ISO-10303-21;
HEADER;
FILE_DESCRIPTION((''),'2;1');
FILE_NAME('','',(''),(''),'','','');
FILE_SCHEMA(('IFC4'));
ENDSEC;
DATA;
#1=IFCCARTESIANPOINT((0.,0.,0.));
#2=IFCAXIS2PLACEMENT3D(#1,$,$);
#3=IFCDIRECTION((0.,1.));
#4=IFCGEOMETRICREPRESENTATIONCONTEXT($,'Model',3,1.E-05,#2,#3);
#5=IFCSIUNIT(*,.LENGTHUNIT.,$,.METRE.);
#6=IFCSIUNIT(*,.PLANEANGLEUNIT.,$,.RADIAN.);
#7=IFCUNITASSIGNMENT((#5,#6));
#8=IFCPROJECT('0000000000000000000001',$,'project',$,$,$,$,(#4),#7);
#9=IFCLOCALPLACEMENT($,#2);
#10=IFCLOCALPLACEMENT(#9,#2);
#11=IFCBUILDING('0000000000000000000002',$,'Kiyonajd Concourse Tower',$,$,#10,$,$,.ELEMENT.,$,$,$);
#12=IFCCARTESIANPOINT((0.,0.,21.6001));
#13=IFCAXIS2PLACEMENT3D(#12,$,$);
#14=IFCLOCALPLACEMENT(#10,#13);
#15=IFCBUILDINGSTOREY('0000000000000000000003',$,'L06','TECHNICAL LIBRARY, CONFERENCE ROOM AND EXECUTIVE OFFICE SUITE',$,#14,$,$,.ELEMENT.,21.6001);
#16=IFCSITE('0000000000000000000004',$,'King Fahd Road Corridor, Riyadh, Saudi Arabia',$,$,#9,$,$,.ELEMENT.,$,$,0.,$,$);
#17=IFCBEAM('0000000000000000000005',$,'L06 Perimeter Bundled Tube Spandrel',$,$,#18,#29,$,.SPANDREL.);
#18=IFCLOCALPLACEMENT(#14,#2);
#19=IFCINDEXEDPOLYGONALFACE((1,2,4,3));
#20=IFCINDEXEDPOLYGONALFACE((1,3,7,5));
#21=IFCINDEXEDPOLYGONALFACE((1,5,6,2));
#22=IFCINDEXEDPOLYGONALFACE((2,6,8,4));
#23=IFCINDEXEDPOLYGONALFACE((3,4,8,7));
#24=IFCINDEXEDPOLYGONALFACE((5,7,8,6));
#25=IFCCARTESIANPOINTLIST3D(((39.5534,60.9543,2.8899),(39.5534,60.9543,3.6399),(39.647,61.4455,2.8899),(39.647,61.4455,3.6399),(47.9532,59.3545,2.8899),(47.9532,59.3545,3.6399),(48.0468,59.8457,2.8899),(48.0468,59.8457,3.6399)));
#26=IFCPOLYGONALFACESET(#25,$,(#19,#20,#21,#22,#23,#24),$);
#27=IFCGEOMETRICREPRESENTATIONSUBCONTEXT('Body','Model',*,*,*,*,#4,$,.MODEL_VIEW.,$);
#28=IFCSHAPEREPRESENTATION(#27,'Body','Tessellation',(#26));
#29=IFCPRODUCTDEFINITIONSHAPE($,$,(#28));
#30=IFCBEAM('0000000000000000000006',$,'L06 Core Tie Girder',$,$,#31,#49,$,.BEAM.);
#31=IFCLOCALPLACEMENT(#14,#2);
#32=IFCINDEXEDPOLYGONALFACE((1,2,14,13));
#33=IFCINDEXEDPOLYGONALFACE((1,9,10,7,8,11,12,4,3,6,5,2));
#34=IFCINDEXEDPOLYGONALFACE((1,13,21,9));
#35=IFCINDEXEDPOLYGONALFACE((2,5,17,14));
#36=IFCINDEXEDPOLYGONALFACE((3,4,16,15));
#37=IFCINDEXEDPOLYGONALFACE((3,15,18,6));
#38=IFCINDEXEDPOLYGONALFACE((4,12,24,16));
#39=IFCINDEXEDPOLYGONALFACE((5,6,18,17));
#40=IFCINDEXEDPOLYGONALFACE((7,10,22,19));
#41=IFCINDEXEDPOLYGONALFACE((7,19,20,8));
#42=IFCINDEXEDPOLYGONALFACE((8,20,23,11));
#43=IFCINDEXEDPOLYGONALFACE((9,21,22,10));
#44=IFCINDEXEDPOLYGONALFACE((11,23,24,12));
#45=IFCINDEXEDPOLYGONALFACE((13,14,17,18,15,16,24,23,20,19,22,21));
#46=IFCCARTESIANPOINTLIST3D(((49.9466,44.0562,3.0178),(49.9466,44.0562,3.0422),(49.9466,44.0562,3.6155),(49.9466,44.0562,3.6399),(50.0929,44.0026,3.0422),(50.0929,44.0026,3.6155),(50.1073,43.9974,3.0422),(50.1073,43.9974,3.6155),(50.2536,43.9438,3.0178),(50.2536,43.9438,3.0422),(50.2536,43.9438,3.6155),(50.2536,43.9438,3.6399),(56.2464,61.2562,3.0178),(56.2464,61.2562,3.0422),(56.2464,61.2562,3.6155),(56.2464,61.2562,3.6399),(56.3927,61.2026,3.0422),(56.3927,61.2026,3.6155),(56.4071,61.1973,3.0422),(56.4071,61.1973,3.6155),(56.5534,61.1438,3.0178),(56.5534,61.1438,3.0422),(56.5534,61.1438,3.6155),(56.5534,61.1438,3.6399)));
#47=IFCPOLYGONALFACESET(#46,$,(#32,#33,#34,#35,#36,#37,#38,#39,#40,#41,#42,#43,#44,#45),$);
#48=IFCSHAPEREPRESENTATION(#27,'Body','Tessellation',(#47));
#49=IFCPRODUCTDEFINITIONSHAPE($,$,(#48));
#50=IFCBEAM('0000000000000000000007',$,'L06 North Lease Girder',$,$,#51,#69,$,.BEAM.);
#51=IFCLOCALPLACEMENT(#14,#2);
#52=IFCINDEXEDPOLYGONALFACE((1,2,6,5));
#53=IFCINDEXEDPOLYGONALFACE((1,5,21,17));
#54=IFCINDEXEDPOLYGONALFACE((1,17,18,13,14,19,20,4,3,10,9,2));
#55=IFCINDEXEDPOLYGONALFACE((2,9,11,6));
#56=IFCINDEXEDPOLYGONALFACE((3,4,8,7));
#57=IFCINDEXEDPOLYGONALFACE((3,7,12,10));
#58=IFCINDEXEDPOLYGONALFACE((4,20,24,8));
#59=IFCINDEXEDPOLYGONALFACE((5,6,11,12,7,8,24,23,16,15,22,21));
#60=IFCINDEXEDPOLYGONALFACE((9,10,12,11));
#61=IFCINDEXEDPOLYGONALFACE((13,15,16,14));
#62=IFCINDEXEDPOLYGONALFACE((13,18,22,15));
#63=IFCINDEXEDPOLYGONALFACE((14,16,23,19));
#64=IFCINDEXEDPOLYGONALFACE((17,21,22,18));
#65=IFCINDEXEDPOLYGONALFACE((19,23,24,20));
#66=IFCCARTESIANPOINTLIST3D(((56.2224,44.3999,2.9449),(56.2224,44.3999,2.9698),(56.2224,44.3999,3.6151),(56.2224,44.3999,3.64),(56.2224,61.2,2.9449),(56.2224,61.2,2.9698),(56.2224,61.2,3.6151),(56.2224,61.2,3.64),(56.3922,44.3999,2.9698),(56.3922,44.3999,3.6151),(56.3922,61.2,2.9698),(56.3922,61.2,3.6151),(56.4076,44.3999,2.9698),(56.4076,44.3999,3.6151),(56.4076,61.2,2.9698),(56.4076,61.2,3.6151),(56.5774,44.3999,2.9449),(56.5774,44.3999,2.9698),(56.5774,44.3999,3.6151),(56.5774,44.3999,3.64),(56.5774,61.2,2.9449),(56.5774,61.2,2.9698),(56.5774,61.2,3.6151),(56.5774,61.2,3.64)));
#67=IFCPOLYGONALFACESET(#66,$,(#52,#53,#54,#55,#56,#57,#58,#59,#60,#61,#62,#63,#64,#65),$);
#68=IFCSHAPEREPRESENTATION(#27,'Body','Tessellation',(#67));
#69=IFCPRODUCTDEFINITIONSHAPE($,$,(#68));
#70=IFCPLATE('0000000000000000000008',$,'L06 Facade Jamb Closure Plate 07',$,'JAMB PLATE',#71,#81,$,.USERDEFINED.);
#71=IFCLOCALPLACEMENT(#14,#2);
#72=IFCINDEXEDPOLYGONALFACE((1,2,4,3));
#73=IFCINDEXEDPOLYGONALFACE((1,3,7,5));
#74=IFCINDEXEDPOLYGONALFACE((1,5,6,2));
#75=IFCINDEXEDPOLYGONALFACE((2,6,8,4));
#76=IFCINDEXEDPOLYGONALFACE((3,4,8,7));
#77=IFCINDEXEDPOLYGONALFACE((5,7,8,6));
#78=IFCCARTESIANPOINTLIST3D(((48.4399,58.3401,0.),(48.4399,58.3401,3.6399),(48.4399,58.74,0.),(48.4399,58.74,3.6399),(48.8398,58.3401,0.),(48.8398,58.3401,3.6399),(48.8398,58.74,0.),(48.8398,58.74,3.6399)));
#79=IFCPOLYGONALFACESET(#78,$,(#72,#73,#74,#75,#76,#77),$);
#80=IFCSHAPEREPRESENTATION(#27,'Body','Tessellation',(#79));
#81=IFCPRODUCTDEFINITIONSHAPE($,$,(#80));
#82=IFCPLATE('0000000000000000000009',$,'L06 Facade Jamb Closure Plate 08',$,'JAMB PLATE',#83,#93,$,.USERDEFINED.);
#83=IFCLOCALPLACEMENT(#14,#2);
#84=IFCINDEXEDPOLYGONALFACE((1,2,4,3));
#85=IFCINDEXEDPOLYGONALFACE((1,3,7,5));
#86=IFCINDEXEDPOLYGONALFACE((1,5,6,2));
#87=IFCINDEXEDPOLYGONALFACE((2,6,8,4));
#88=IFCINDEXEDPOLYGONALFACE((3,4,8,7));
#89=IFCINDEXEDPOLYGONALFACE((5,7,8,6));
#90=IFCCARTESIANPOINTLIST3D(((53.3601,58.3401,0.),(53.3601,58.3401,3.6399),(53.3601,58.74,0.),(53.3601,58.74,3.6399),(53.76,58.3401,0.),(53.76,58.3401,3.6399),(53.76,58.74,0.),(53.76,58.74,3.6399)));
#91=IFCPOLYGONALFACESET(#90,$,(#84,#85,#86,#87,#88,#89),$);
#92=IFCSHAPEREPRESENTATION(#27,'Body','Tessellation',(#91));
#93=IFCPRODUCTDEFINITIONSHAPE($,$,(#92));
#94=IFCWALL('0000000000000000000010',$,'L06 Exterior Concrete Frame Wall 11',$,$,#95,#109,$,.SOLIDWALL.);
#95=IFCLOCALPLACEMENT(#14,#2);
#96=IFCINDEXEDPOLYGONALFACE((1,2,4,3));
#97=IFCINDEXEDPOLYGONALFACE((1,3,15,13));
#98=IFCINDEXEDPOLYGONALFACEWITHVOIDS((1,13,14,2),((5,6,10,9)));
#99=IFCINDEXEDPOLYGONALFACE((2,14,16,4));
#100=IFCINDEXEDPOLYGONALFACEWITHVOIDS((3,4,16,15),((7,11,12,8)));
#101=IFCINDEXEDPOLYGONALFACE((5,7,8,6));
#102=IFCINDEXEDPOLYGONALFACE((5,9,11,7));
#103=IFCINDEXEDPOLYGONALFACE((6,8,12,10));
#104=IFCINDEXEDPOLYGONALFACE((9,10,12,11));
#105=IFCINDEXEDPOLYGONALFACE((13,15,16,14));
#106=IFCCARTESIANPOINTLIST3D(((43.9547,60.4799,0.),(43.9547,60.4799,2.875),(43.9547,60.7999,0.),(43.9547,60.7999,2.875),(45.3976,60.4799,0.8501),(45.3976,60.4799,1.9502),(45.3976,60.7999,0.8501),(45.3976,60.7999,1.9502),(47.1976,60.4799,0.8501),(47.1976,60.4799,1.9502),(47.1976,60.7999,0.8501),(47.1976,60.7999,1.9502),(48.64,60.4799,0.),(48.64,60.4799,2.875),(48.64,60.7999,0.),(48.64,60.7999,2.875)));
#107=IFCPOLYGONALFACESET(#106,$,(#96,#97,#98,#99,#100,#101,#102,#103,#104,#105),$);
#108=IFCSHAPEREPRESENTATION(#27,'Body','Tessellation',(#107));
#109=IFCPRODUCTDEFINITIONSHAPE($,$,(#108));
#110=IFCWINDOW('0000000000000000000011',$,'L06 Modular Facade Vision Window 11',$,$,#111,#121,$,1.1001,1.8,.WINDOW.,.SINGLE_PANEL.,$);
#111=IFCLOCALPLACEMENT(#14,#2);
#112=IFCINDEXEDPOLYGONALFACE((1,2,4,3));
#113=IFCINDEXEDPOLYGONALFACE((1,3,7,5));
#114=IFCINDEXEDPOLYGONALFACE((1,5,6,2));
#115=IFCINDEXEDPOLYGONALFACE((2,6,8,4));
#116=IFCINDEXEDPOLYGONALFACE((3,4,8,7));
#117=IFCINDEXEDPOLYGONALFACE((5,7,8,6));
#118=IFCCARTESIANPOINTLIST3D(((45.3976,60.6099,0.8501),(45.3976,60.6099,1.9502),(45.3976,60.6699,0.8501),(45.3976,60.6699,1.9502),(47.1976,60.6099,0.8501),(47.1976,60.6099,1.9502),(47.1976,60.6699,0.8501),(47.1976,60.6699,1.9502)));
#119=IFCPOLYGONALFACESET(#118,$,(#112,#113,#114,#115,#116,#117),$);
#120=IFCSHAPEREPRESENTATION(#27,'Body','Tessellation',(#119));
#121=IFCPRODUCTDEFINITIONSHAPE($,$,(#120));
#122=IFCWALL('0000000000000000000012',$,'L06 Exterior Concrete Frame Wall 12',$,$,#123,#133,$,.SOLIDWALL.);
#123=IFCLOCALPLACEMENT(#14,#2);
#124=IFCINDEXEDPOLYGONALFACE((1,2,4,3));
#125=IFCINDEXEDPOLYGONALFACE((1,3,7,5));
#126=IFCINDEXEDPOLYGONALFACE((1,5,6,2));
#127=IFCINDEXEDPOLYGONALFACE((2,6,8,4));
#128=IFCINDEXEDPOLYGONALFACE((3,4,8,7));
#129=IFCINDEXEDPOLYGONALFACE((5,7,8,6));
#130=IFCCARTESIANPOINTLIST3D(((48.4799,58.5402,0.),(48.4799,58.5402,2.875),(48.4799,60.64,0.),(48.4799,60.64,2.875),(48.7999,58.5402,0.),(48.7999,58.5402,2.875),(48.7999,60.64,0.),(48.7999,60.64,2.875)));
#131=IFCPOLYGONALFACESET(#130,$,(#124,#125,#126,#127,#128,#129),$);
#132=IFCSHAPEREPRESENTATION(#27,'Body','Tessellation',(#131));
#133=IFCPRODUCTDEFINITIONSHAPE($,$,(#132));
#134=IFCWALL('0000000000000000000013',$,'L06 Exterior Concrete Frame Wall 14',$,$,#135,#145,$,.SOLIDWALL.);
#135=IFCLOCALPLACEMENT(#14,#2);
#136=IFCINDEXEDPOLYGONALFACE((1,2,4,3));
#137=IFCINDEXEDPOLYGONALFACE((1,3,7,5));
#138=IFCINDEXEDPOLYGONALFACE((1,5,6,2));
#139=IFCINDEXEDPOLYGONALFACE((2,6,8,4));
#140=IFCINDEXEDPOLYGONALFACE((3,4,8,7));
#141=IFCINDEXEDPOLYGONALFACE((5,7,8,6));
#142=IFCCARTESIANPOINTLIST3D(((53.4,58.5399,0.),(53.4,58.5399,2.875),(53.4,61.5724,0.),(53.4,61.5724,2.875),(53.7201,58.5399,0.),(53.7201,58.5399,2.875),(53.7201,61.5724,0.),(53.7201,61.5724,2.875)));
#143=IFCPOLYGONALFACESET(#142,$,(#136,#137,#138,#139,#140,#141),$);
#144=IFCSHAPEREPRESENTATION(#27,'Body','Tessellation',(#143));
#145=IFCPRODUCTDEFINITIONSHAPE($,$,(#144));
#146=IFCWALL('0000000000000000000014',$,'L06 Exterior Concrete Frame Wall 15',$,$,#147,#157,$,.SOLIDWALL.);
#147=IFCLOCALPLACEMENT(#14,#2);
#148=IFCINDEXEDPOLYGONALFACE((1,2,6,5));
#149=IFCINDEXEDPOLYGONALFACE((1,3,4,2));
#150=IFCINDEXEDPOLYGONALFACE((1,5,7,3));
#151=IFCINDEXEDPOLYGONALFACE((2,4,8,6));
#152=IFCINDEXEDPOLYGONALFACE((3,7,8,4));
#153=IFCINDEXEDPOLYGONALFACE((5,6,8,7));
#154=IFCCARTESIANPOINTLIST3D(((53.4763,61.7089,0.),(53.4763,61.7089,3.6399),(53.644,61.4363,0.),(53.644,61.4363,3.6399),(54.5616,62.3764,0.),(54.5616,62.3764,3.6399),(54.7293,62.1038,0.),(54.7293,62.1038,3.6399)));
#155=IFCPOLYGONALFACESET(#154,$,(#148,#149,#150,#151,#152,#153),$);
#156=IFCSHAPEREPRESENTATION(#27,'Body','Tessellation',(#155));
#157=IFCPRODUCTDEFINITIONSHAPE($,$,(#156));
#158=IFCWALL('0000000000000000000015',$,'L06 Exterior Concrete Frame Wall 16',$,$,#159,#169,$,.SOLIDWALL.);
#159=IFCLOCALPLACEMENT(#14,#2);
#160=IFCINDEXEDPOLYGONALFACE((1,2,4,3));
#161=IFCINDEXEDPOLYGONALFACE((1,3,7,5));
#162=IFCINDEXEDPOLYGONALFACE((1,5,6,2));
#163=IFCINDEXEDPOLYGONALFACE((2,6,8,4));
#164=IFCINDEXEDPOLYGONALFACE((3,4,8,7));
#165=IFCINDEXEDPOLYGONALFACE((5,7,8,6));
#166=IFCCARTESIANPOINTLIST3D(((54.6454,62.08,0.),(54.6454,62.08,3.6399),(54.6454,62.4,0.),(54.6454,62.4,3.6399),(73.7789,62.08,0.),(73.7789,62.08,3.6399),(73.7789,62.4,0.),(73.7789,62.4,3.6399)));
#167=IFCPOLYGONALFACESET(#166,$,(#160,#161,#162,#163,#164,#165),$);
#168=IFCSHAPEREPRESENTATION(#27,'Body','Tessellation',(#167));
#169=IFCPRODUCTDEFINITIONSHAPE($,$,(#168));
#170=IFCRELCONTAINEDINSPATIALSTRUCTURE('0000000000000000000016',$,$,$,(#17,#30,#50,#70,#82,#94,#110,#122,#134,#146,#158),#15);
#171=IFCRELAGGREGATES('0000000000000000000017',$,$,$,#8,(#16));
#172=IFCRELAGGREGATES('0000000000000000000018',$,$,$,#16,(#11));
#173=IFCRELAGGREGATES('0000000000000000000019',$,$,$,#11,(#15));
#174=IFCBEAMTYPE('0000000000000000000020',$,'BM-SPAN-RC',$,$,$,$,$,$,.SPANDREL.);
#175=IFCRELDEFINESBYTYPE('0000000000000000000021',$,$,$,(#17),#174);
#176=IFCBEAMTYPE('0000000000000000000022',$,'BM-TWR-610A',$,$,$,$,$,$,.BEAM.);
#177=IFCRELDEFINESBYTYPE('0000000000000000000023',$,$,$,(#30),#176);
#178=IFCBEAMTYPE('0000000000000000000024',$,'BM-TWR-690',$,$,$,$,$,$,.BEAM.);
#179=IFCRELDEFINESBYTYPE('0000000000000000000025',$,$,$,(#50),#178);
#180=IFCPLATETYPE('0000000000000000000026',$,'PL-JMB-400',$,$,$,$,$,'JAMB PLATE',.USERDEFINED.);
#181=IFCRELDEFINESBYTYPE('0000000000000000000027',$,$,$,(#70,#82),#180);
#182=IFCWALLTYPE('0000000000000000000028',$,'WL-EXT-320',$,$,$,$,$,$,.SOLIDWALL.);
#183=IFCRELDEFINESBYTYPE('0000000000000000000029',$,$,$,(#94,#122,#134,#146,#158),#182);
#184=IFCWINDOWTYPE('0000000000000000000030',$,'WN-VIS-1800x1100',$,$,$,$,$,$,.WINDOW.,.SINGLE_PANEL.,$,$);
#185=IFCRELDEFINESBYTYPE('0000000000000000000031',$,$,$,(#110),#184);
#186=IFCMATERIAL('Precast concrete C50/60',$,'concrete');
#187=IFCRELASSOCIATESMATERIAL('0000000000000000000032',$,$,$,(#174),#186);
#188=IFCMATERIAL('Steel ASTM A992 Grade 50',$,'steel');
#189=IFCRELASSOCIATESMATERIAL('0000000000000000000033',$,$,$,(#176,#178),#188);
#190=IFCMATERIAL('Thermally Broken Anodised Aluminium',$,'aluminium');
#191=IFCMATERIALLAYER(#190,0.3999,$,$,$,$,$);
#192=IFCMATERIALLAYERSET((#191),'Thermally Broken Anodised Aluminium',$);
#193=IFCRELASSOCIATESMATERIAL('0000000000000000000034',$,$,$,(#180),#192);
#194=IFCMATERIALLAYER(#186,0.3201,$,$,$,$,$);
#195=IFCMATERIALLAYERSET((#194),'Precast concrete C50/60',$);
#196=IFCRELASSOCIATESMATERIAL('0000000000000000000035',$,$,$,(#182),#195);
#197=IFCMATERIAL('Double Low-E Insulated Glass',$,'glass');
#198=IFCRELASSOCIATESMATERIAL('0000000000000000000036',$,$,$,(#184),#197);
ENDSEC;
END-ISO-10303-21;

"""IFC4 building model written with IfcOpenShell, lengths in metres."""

from ifc_helpers import new_model, si_unit, direction, frame, frame_2d, origin, origin_2d, place, context, subcontext, project, spatial, rectangle, i_section, extrude, material, layer, layer_set, material_profile, profile_set, type_object, element, fill, save


model = new_model("IFC4")

# Units and contexts
model_context = context("Model", 3, precision=1e-05, world=origin(), true_north=direction((0.0, 1.0)))
body_context = subcontext(model_context, "Body", "Model", "MODEL_VIEW")
ifc_project = project(units=[si_unit("LENGTHUNIT", "METRE"), si_unit("PLANEANGLEUNIT", "RADIAN")], contexts=[model_context])

# Site, building, storey
site_placement = place(None, origin())
site = spatial("IfcSite", under=ifc_project, at=site_placement, Name="King Fahd Road Corridor, Riyadh, Saudi Arabia", CompositionType="ELEMENT", RefElevation=0.0)
building_placement = place(site_placement, origin())
building = spatial("IfcBuilding", under=site, at=building_placement, Name="Kiyonajd Concourse Tower", CompositionType="ELEMENT")
storey_placement = place(building_placement, frame((0.0, 0.0, 21.6001)))
storey = spatial("IfcBuildingStorey", under=building, at=storey_placement, Name="L06", Description="TECHNICAL LIBRARY, CONFERENCE ROOM AND EXECUTIVE OFFICE SUITE", CompositionType="ELEMENT", Elevation=21.6001)

# Beams
ifc_material_1 = material(Name="Steel ASTM A992 Grade 50", Category="steel")
ifc_material_2 = material(Name="Precast concrete C50/60", Category="concrete")
ifc_material_profile_1 = material_profile(ifc_material_2, rectangle(XDim=0.5, YDim=0.75, at=origin_2d()), Name="RCBM-500x750")
ifc_profile_set_1 = profile_set([ifc_material_profile_1], Name="Precast concrete C50/60")
beam_type_1 = type_object("IfcBeamType", Name="BM-SPAN-RC", PredefinedType="SPANDREL", material=ifc_profile_set_1)
for number, where, z_axis, x_axis, name in (
    (1, (48.0, 59.6001, 3.2649), (-0.982341, 0.187098, 0.0), (-0.187098, -0.982341, 0.0), "L06 Perimeter Bundled Tube Spandrel"),
):
    element("IfcBeam", number, at=place(storey_placement, frame(where, z_axis=z_axis, x_axis=x_axis)), inside=storey, type_object=beam_type_1, Name=name, PredefinedType="SPANDREL", context=body_context, shape_type="SweptSolid", body=[
        extrude(rectangle(XDim=0.5, YDim=0.75, at=origin_2d()), origin(), (0.0, 0.0, 1.0), 8.5508),
    ])
ifc_material_profile_2 = material_profile(ifc_material_1, i_section(OverallWidth=0.3269, OverallDepth=0.6221, WebThickness=0.0154, FlangeThickness=0.0244, at=origin_2d()), Name="W610X195")
ifc_profile_set_2 = profile_set([ifc_material_profile_2], Name="Steel ASTM A992 Grade 50")
beam_type_2 = type_object("IfcBeamType", Name="BM-TWR-610A", PredefinedType="BEAM", material=ifc_profile_set_2)
beam_1_placement = place(storey_placement, frame((50.1001, 44.0, 3.3289), z_axis=(0.343925, 0.938997, 0.0), x_axis=(-0.938997, 0.343925, 0.0)))
element("IfcBeam", 2, at=beam_1_placement, inside=storey, type_object=beam_type_2, Name="L06 Core Tie Girder", PredefinedType="BEAM", context=body_context, shape_type="SweptSolid", body=[
    extrude(i_section(OverallWidth=0.3269, OverallDepth=0.6221, WebThickness=0.0154, FlangeThickness=0.0244, at=origin_2d()), origin(), (0.0, 0.0, 1.0), 18.3174),
])
ifc_material_profile_3 = material_profile(ifc_material_1, i_section(OverallWidth=0.355, OverallDepth=0.6951, WebThickness=0.0154, FlangeThickness=0.0249, at=origin_2d()), Name="W690X217")
ifc_profile_set_3 = profile_set([ifc_material_profile_3], Name="Steel ASTM A992 Grade 50")
beam_type_3 = type_object("IfcBeamType", Name="BM-TWR-690", PredefinedType="BEAM", material=ifc_profile_set_3)
beam_2_placement = place(storey_placement, frame((56.3999, 44.3999, 3.2925), z_axis=(0.0, 1.0, 0.0), x_axis=(-1.0, 0.0, 0.0)))
element("IfcBeam", 3, at=beam_2_placement, inside=storey, type_object=beam_type_3, Name="L06 North Lease Girder", PredefinedType="BEAM", context=body_context, shape_type="SweptSolid", body=[
    extrude(i_section(OverallWidth=0.355, OverallDepth=0.6951, WebThickness=0.0154, FlangeThickness=0.0249, at=origin_2d()), origin(), (0.0, 0.0, 1.0), 16.8),
])

# Plates
ifc_material_3 = material(Name="Thermally Broken Anodised Aluminium", Category="aluminium")
ifc_layer_1 = layer(ifc_material_3, 0.3999)
ifc_layer_set_1 = layer_set([ifc_layer_1], Name="Thermally Broken Anodised Aluminium")
plate_type = type_object("IfcPlateType", Name="PL-JMB-400", ElementType="JAMB PLATE", PredefinedType="USERDEFINED", material=ifc_layer_set_1)
for number, where, z_axis, x_axis, name in (
    (4, (48.6399, 58.54, 0.0), (0.0, 0.0, 1.0), (1.0, 0.0, 0.0), "L06 Facade Jamb Closure Plate 07"),
    (5, (53.5601, 58.54, 0.0), (0.0, 0.0, 1.0), (1.0, 0.0, 0.0), "L06 Facade Jamb Closure Plate 08"),
):
    element("IfcPlate", number, at=place(storey_placement, frame(where, z_axis=z_axis, x_axis=x_axis)), inside=storey, type_object=plate_type, Name=name, ObjectType="JAMB PLATE", PredefinedType="USERDEFINED", context=body_context, shape_type="SweptSolid", body=[
        extrude(rectangle(XDim=0.3999, YDim=0.3999, at=origin_2d()), origin(), (0.0, 0.0, 1.0), 3.6399),
    ])

# Wall, opening, window
ifc_layer_2 = layer(ifc_material_2, 0.3201)
ifc_layer_set_2 = layer_set([ifc_layer_2], Name="Precast concrete C50/60")
wall_type_1 = type_object("IfcWallType", Name="WL-EXT-320", PredefinedType="SOLIDWALL", material=ifc_layer_set_2)
wall_1_placement = place(storey_placement, frame((43.9546, 60.6399, 0.0), z_axis=(0.0, 0.0, 1.0), x_axis=(1.0, 0.0, 0.0)))
wall_1 = element("IfcWall", 6, at=wall_1_placement, inside=storey, type_object=wall_type_1, Name="L06 Exterior Concrete Frame Wall 11", PredefinedType="SOLIDWALL", context=body_context, shape_type="SweptSolid", body=[
    extrude(rectangle(XDim=4.6853, YDim=0.3201, at=frame_2d((2.3428, 0.0))), origin(), (0.0, 0.0, 1.0), 2.875),
])
opening_1_placement = place(wall_1_placement, frame((1.4431, 0.0, 0.8501)))
opening_1 = element("IfcOpeningElement", 7, at=opening_1_placement, cuts=wall_1, PredefinedType="OPENING", context=body_context, shape_type="SweptSolid", body=[
    extrude(rectangle(XDim=1.8, YDim=1.1001, at=frame_2d((0.8999, 0.55))), frame((0.0, 0.1699, 0.0), z_axis=(0.0, -1.0, 0.0), x_axis=(1.0, 0.0, 0.0)), (0.0, 0.0, 1.0), 0.3401),
])
ifc_material_4 = material(Name="Double Low-E Insulated Glass", Category="glass")
window_type = type_object("IfcWindowType", Name="WN-VIS-1800x1100", PartitioningType="SINGLE_PANEL", PredefinedType="WINDOW", material=ifc_material_4)
window_placement = place(opening_1_placement, origin())
window = element("IfcWindow", 8, at=window_placement, inside=storey, type_object=window_type, Name="L06 Modular Facade Vision Window 11", OverallHeight=1.1001, OverallWidth=1.8, PartitioningType="SINGLE_PANEL", PredefinedType="WINDOW", context=body_context, shape_type="SweptSolid", body=[
    extrude(rectangle(XDim=1.8, YDim=1.1001, at=frame_2d((0.8999, 0.55))), frame((0.0, 0.03, 0.0), z_axis=(0.0, -1.0, 0.0), x_axis=(1.0, 0.0, 0.0)), (0.0, 0.0, 1.0), 0.0601),
])
fill(opening_1, window)

# Walls
wall_2_placement = place(storey_placement, frame((48.6399, 60.6399, 0.0), z_axis=(0.0, 0.0, 1.0), x_axis=(0.0, -1.0, 0.0)))
element("IfcWall", 9, at=wall_2_placement, inside=storey, type_object=wall_type_1, Name="L06 Exterior Concrete Frame Wall 12", PredefinedType="SOLIDWALL", context=body_context, shape_type="SweptSolid", body=[
    extrude(rectangle(XDim=2.0999, YDim=0.3201, at=frame_2d((1.0498, 0.0))), origin(), (0.0, 0.0, 1.0), 2.875),
])
wall_3_placement = place(storey_placement, frame((53.5601, 58.54, 0.0), z_axis=(0.0, 0.0, 1.0), x_axis=(0.0, 1.0, 0.0)))
element("IfcWall", 10, at=wall_3_placement, inside=storey, type_object=wall_type_1, Name="L06 Exterior Concrete Frame Wall 14", PredefinedType="SOLIDWALL", context=body_context, shape_type="SweptSolid", body=[
    extrude(rectangle(XDim=3.0325, YDim=0.3201, at=frame_2d((1.5161, 0.0))), origin(), (0.0, 0.0, 1.0), 2.875),
])
wall_4_placement = place(storey_placement, frame((53.5601, 61.5725, 0.0), z_axis=(0.0, 0.0, 1.0), x_axis=(0.851777, 0.523905, 0.0)))
element("IfcWall", 11, at=wall_4_placement, inside=storey, type_object=wall_type_1, Name="L06 Exterior Concrete Frame Wall 15", PredefinedType="SOLIDWALL", context=body_context, shape_type="SweptSolid", body=[
    extrude(rectangle(XDim=1.2742, YDim=0.3201, at=frame_2d((0.6372, 0.0))), origin(), (0.0, 0.0, 1.0), 3.6399),
])
wall_5_placement = place(storey_placement, frame((54.6453, 62.24, 0.0), z_axis=(0.0, 0.0, 1.0), x_axis=(1.0, 0.0, 0.0)))
element("IfcWall", 12, at=wall_5_placement, inside=storey, type_object=wall_type_1, Name="L06 Exterior Concrete Frame Wall 16", PredefinedType="SOLIDWALL", context=body_context, shape_type="SweptSolid", body=[
    extrude(rectangle(XDim=19.1335, YDim=0.3201, at=frame_2d((9.5669, 0.0))), origin(), (0.0, 0.0, 1.0), 3.6399),
])

save(model, "model.ifc")
